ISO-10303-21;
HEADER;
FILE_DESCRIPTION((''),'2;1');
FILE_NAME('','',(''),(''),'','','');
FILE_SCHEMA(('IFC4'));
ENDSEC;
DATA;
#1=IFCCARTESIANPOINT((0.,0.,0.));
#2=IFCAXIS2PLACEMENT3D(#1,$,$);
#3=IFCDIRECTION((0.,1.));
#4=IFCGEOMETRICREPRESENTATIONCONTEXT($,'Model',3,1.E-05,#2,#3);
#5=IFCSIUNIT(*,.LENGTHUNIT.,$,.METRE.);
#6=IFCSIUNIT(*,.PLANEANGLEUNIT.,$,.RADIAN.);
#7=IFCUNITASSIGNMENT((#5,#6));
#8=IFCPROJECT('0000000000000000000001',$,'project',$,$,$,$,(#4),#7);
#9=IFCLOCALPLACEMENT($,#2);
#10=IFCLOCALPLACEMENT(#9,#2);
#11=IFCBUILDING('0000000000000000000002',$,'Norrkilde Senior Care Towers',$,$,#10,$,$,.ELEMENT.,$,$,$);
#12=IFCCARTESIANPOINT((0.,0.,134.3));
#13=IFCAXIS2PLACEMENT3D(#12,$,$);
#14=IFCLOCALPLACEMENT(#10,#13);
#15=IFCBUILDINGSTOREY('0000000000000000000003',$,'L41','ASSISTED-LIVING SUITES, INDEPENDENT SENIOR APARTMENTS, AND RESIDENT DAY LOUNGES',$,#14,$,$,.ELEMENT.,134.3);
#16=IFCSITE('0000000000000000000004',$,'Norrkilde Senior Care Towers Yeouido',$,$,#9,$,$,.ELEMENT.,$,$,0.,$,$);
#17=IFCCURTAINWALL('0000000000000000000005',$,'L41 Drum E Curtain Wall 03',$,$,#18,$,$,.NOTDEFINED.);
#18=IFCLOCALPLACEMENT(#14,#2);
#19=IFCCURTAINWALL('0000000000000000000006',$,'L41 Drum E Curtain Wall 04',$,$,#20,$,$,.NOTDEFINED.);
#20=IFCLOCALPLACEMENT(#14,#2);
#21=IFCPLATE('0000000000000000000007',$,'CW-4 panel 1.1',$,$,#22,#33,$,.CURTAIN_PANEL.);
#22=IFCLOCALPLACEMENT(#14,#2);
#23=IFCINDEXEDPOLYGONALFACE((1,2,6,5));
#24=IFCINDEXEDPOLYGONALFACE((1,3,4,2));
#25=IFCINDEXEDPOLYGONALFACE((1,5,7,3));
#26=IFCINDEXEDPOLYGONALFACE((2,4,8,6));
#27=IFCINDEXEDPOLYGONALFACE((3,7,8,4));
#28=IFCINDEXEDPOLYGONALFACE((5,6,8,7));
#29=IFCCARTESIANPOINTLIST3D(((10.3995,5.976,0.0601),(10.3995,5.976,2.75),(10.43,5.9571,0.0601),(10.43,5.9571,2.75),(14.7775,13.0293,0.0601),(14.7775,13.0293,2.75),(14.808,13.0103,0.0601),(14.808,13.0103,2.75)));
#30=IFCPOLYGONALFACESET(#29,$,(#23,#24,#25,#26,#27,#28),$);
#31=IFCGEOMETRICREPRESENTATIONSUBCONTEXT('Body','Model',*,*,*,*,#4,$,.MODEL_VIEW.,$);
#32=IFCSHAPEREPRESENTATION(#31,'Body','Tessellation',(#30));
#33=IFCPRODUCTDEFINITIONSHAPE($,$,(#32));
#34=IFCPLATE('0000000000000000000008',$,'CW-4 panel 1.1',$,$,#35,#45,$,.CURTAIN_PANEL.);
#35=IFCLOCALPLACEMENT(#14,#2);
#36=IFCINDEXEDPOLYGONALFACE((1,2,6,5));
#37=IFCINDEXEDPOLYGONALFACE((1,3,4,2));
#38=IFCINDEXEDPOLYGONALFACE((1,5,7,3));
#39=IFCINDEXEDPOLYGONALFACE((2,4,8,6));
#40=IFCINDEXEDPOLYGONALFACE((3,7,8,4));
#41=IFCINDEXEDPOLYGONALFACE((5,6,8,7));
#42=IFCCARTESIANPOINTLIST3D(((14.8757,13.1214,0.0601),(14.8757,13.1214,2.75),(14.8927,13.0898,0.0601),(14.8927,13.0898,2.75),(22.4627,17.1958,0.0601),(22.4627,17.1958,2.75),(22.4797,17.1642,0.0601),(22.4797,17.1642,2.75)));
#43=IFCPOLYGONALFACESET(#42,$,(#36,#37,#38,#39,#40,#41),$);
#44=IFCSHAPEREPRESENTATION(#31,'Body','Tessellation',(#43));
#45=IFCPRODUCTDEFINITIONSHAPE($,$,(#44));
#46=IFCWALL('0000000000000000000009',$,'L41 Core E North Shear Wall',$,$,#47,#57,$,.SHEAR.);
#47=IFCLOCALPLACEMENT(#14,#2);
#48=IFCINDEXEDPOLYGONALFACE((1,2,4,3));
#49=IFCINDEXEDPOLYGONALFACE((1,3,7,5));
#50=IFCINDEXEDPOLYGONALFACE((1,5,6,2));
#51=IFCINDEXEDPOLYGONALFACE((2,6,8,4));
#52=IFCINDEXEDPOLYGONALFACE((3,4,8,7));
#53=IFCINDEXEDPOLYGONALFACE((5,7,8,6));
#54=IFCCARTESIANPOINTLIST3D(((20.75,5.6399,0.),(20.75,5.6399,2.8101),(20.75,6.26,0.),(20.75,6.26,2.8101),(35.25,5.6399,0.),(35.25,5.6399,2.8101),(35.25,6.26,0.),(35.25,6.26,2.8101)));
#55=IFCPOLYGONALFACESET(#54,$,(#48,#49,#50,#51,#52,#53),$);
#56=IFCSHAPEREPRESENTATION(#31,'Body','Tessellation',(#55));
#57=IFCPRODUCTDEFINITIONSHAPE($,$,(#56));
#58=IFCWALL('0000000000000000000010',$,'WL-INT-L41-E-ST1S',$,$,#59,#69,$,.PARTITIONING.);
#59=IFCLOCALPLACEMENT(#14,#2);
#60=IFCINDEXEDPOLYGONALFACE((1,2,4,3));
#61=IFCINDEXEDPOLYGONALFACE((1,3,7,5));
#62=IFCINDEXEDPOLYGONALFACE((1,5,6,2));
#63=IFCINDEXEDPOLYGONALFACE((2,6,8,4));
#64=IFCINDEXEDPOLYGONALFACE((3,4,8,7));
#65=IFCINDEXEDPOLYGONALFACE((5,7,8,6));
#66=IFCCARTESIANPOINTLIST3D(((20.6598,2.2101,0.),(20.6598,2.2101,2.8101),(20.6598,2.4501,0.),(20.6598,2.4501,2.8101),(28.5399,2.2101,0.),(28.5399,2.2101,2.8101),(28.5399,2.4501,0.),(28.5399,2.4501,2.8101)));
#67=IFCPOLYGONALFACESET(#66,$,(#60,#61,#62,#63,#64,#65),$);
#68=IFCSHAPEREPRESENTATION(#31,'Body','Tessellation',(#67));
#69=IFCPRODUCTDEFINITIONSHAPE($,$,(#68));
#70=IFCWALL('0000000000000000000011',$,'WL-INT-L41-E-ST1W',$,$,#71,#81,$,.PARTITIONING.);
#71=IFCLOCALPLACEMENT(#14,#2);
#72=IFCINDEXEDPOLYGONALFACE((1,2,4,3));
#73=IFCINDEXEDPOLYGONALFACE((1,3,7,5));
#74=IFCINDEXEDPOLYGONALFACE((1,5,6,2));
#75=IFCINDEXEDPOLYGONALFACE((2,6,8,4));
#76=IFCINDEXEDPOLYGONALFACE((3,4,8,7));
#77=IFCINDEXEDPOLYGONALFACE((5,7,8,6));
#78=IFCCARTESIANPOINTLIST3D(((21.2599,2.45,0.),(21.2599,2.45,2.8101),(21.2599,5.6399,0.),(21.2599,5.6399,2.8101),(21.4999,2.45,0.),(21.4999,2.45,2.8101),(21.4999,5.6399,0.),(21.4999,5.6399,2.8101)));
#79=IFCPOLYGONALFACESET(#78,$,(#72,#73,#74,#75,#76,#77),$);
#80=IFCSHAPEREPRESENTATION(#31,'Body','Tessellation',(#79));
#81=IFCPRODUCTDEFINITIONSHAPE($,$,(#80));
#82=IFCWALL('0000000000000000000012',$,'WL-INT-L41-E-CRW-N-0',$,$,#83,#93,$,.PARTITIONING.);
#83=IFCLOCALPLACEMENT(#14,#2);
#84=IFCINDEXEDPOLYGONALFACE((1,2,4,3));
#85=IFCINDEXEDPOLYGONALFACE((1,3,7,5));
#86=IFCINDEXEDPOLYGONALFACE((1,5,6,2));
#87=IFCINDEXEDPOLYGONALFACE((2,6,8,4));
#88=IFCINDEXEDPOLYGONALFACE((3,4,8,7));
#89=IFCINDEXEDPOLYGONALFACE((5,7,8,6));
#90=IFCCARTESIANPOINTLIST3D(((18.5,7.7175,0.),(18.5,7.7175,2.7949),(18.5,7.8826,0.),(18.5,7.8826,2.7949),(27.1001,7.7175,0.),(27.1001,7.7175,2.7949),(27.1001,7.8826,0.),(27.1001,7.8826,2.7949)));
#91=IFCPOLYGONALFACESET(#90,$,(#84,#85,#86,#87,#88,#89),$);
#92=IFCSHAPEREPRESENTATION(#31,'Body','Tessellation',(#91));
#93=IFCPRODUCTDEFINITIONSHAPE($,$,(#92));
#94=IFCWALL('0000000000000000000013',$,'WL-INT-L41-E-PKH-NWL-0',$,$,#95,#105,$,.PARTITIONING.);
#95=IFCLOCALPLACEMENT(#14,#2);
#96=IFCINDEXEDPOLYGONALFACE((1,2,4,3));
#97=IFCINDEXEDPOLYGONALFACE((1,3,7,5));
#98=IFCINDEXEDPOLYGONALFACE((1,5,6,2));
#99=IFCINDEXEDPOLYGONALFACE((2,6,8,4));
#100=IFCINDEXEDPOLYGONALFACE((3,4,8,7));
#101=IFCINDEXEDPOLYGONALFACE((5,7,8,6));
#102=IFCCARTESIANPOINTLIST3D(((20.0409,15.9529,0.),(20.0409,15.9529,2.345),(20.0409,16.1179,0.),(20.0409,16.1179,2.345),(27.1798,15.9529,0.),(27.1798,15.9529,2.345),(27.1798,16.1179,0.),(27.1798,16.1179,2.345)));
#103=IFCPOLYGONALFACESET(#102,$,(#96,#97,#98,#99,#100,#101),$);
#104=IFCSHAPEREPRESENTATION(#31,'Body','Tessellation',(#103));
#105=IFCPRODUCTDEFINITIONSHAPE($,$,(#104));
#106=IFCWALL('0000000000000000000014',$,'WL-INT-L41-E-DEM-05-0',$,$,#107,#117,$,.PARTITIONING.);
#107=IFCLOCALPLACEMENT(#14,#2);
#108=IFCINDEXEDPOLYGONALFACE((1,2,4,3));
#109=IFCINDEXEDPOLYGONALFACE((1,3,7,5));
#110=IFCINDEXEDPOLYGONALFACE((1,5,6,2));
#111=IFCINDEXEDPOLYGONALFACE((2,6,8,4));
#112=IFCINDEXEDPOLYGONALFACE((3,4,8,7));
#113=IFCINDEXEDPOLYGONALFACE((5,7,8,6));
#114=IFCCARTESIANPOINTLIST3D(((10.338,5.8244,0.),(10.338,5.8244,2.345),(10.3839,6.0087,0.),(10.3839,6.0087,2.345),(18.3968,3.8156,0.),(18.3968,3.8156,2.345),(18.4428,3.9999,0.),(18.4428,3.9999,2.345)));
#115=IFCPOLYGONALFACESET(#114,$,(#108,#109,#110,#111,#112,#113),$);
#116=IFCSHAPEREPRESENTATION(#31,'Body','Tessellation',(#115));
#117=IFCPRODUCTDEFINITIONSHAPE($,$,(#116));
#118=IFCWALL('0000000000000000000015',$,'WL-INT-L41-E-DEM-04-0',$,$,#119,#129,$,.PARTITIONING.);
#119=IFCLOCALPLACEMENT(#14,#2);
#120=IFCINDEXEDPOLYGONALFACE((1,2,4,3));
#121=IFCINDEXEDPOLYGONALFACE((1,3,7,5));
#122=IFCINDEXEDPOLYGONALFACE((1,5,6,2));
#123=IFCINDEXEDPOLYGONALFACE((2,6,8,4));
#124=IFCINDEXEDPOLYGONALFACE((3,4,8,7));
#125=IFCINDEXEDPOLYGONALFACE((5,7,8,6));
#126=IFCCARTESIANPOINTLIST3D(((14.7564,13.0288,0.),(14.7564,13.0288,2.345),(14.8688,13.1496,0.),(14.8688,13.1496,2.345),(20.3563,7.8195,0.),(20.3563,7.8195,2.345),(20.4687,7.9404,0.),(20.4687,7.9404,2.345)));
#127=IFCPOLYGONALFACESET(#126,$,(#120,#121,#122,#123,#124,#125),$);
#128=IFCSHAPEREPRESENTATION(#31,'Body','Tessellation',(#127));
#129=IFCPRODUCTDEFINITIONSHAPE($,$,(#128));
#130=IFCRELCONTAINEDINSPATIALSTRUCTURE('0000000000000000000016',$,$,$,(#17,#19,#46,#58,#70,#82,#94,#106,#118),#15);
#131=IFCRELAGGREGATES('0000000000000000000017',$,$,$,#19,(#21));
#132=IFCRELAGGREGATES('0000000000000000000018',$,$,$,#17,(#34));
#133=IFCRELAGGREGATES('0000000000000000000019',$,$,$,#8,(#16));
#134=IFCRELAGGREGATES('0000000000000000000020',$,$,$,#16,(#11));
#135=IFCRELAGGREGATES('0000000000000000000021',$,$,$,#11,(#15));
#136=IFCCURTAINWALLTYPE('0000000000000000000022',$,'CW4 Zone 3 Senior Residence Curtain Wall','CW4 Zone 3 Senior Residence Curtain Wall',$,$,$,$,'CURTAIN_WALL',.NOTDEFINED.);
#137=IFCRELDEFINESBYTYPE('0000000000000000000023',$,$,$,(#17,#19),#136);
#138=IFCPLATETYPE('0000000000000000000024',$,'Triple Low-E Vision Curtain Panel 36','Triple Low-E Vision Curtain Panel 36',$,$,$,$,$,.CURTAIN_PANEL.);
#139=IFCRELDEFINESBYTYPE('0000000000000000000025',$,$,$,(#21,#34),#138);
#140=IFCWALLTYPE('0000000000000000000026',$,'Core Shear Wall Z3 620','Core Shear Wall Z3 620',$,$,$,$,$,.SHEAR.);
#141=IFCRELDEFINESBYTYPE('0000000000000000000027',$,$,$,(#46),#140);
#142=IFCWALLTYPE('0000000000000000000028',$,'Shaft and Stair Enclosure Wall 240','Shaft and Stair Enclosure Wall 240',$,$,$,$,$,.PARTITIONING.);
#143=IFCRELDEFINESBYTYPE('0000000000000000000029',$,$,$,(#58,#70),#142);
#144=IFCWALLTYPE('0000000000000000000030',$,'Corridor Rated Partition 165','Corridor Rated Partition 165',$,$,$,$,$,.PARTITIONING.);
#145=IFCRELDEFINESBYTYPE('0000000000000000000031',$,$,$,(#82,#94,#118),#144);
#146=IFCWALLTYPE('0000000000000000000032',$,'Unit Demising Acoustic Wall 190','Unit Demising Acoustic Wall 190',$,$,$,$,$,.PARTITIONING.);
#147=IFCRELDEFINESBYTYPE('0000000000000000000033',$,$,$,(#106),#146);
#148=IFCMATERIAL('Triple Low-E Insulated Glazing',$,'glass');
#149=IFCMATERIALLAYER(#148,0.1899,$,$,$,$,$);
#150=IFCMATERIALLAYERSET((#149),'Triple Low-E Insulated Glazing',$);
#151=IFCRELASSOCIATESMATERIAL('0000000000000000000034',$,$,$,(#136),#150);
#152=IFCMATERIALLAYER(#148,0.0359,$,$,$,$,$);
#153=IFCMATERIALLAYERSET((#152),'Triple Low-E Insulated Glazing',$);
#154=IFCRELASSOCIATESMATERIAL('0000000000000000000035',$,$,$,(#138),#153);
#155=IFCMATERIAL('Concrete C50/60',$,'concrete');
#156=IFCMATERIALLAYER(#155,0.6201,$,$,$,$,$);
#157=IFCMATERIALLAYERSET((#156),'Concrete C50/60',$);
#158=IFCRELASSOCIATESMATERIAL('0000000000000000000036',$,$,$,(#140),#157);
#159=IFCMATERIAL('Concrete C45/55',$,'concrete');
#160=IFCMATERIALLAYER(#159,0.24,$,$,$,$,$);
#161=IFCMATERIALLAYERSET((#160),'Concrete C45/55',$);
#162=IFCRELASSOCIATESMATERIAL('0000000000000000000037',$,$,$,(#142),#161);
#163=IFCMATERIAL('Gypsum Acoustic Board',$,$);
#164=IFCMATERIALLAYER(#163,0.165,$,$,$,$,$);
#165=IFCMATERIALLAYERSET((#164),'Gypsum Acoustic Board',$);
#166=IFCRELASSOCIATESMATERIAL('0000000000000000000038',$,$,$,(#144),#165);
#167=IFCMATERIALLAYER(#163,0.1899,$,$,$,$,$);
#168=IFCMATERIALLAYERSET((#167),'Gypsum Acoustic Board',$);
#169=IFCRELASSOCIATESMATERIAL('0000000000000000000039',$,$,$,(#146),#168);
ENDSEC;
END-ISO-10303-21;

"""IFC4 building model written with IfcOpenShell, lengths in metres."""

from ifc_helpers import new_model, si_unit, direction, frame, frame_2d, origin, origin_2d, place, context, subcontext, project, spatial, rectangle, extrude, source, transform, mapped, material, layer, layer_set, type_object, type_shapes, element, aggregate, save


model = new_model("IFC4")

# Units and contexts
model_context = context("Model", 3, precision=1e-05, world=origin(), true_north=direction((0.0, 1.0)))
body_context = subcontext(model_context, "Body", "Model", "MODEL_VIEW")
ifc_project = project(units=[si_unit("LENGTHUNIT", "METRE"), si_unit("PLANEANGLEUNIT", "RADIAN")], contexts=[model_context])

# Site, building, storey
site_placement = place(None, origin())
site = spatial("IfcSite", under=ifc_project, at=site_placement, Name="Norrkilde Senior Care Towers Yeouido", CompositionType="ELEMENT", RefElevation=0.0)
building_placement = place(site_placement, origin())
building = spatial("IfcBuilding", under=site, at=building_placement, Name="Norrkilde Senior Care Towers", CompositionType="ELEMENT")
storey_placement = place(building_placement, frame((0.0, 0.0, 134.3)))
storey = spatial("IfcBuildingStorey", under=building, at=storey_placement, Name="L41", Description="ASSISTED-LIVING SUITES, INDEPENDENT SENIOR APARTMENTS, AND RESIDENT DAY LOUNGES", CompositionType="ELEMENT", Elevation=134.3)

# Shared definitions
ifc_material_1 = material(Name="Concrete C50/60", Category="concrete")

# Shared definitions
ifc_material_2 = material(Name="Triple Low-E Insulated Glazing", Category="glass")
ifc_layer_1 = layer(ifc_material_2, 0.1899)
ifc_layer_set_1 = layer_set([ifc_layer_1], Name="Triple Low-E Insulated Glazing")
curtain_wall_type = type_object("IfcCurtainWallType", Name="CW4 Zone 3 Senior Residence Curtain Wall", Description="CW4 Zone 3 Senior Residence Curtain Wall", ElementType="CURTAIN_WALL", PredefinedType="NOTDEFINED", material=ifc_layer_set_1)

# Curtain wall
curtain_wall_1_placement = place(storey_placement, origin())
curtain_wall_1 = element("IfcCurtainWall", 1, at=curtain_wall_1_placement, inside=storey, type_object=curtain_wall_type, Name="L41 Drum E Curtain Wall 03", PredefinedType="NOTDEFINED")

# Curtain wall
curtain_wall_2_placement = place(storey_placement, origin())
curtain_wall_2 = element("IfcCurtainWall", 2, at=curtain_wall_2_placement, inside=storey, type_object=curtain_wall_type, Name="L41 Drum E Curtain Wall 04", PredefinedType="NOTDEFINED")

# Plates
ifc_layer_2 = layer(ifc_material_2, 0.0359)
ifc_layer_set_2 = layer_set([ifc_layer_2], Name="Triple Low-E Insulated Glazing")
plate_type_1 = type_object("IfcPlateType", Name="Triple Low-E Vision Curtain Panel 36", Description="Triple Low-E Vision Curtain Panel 36", PredefinedType="CURTAIN_PANEL", material=ifc_layer_set_2)
shared_shape_1 = source(origin(), body_context, "Body", "SweptSolid", [
    extrude(rectangle(XDim=8.3015, YDim=0.0359, at=origin_2d()), origin(), (0.0, 0.0, 1.0), 2.6899),
])
plate_1_placement = place(storey_placement, frame((12.6038, 9.4932, 0.0601), z_axis=(0.0, 0.0, 1.0), x_axis=(0.527373, 0.849634, 0.0)))
plate_1 = element("IfcPlate", 3, at=plate_1_placement, type_object=plate_type_1, Name="CW-4 panel 1.1", PredefinedType="CURTAIN_PANEL", context=body_context, shape_type="MappedRepresentation", body=[
    mapped(shared_shape_1, transform((0.0, 0.0, 0.0), x_axis=(1.0, 0.0, 0.0), y_axis=(0.0, 1.0, 0.0), z_axis=(0.0, 0.0, 1.0), scale=1.0)),
])
aggregate(curtain_wall_2, [plate_1])
shared_shape_2 = source(origin(), body_context, "Body", "SweptSolid", [
    extrude(rectangle(XDim=8.6118, YDim=0.0359, at=origin_2d()), origin(), (0.0, 0.0, 1.0), 2.6899),
])
type_shapes(plate_type_1, [shared_shape_1, shared_shape_2])
plate_2_placement = place(storey_placement, frame((18.6777, 15.1428, 0.0601), z_axis=(0.0, 0.0, 1.0), x_axis=(0.881, 0.473117, 0.0)))
plate_2 = element("IfcPlate", 4, at=plate_2_placement, type_object=plate_type_1, Name="CW-4 panel 1.1", PredefinedType="CURTAIN_PANEL", context=body_context, shape_type="MappedRepresentation", body=[
    mapped(shared_shape_2, transform((0.0, 0.0, 0.0), x_axis=(1.0, 0.0, 0.0), y_axis=(0.0, 1.0, 0.0), z_axis=(0.0, 0.0, 1.0), scale=1.0)),
])
aggregate(curtain_wall_1, [plate_2])

# Walls
ifc_layer_3 = layer(ifc_material_1, 0.6201)
ifc_layer_set_3 = layer_set([ifc_layer_3], Name="Concrete C50/60")
wall_type_1 = type_object("IfcWallType", Name="Core Shear Wall Z3 620", Description="Core Shear Wall Z3 620", PredefinedType="SHEAR", material=ifc_layer_set_3)
shared_shape_3 = source(origin(), body_context, "Body", "SweptSolid", [
    extrude(rectangle(XDim=14.5, YDim=0.6201, at=frame_2d((7.25, 0.0))), origin(), (0.0, 0.0, 1.0), 2.8101),
])
type_shapes(wall_type_1, [shared_shape_3])
wall_1_placement = place(storey_placement, frame((20.75, 5.95, 0.0), z_axis=(0.0, 0.0, 1.0), x_axis=(1.0, 0.0, 0.0)))
element("IfcWall", 5, at=wall_1_placement, inside=storey, type_object=wall_type_1, Name="L41 Core E North Shear Wall", PredefinedType="SHEAR", context=body_context, shape_type="MappedRepresentation", body=[
    mapped(shared_shape_3, transform((0.0, 0.0, 0.0), x_axis=(1.0, 0.0, 0.0), y_axis=(0.0, 1.0, 0.0), z_axis=(0.0, 0.0, 1.0), scale=1.0)),
])
ifc_material_3 = material(Name="Concrete C45/55", Category="concrete")
ifc_layer_4 = layer(ifc_material_3, 0.24)
ifc_layer_set_4 = layer_set([ifc_layer_4], Name="Concrete C45/55")
wall_type_2 = type_object("IfcWallType", Name="Shaft and Stair Enclosure Wall 240", Description="Shaft and Stair Enclosure Wall 240", PredefinedType="PARTITIONING", material=ifc_layer_set_4)
shared_shape_4 = source(origin(), body_context, "Body", "SweptSolid", [
    extrude(rectangle(XDim=7.8801, YDim=0.24, at=frame_2d((3.9399, 0.0))), origin(), (0.0, 0.0, 1.0), 2.8101),
])
wall_2_placement = place(storey_placement, frame((20.6599, 2.3301, 0.0), z_axis=(0.0, 0.0, 1.0), x_axis=(1.0, 0.0, 0.0)))
element("IfcWall", 6, at=wall_2_placement, inside=storey, type_object=wall_type_2, Name="WL-INT-L41-E-ST1S", PredefinedType="PARTITIONING", context=body_context, shape_type="MappedRepresentation", body=[
    mapped(shared_shape_4, transform((0.0, 0.0, 0.0), x_axis=(1.0, 0.0, 0.0), y_axis=(0.0, 1.0, 0.0), z_axis=(0.0, 0.0, 1.0), scale=1.0)),
])
shared_shape_5 = source(origin(), body_context, "Body", "SweptSolid", [
    extrude(rectangle(XDim=3.1899, YDim=0.24, at=frame_2d((1.595, 0.0))), origin(), (0.0, 0.0, 1.0), 2.8101),
])
type_shapes(wall_type_2, [shared_shape_4, shared_shape_5])
wall_3_placement = place(storey_placement, frame((21.3799, 2.45, 0.0), z_axis=(0.0, 0.0, 1.0), x_axis=(0.0, 1.0, 0.0)))
element("IfcWall", 7, at=wall_3_placement, inside=storey, type_object=wall_type_2, Name="WL-INT-L41-E-ST1W", PredefinedType="PARTITIONING", context=body_context, shape_type="MappedRepresentation", body=[
    mapped(shared_shape_5, transform((0.0, 0.0, 0.0), x_axis=(1.0, 0.0, 0.0), y_axis=(0.0, 1.0, 0.0), z_axis=(0.0, 0.0, 1.0), scale=1.0)),
])
ifc_material_4 = material(Name="Gypsum Acoustic Board")
ifc_layer_5 = layer(ifc_material_4, 0.165)
ifc_layer_set_5 = layer_set([ifc_layer_5], Name="Gypsum Acoustic Board")
wall_type_3 = type_object("IfcWallType", Name="Corridor Rated Partition 165", Description="Corridor Rated Partition 165", PredefinedType="PARTITIONING", material=ifc_layer_set_5)
shared_shape_6 = source(origin(), body_context, "Body", "SweptSolid", [
    extrude(rectangle(XDim=8.6001, YDim=0.165, at=frame_2d((4.3, 0.0))), origin(), (0.0, 0.0, 1.0), 2.7949),
])
wall_4_placement = place(storey_placement, frame((18.5, 7.8, 0.0), z_axis=(0.0, 0.0, 1.0), x_axis=(1.0, 0.0, 0.0)))
element("IfcWall", 8, at=wall_4_placement, inside=storey, type_object=wall_type_3, Name="WL-INT-L41-E-CRW-N-0", PredefinedType="PARTITIONING", context=body_context, shape_type="MappedRepresentation", body=[
    mapped(shared_shape_6, transform((0.0, 0.0, 0.0), x_axis=(1.0, 0.0, 0.0), y_axis=(0.0, 1.0, 0.0), z_axis=(0.0, 0.0, 1.0), scale=1.0)),
])
shared_shape_7 = source(origin(), body_context, "Body", "SweptSolid", [
    extrude(rectangle(XDim=7.1389, YDim=0.165, at=frame_2d((3.5693, 0.0))), origin(), (0.0, 0.0, 1.0), 2.345),
])
wall_5_placement = place(storey_placement, frame((20.041, 16.0354, 0.0), z_axis=(0.0, 0.0, 1.0), x_axis=(1.0, 0.0, 0.0)))
element("IfcWall", 9, at=wall_5_placement, inside=storey, type_object=wall_type_3, Name="WL-INT-L41-E-PKH-NWL-0", PredefinedType="PARTITIONING", context=body_context, shape_type="MappedRepresentation", body=[
    mapped(shared_shape_7, transform((0.0, 0.0, 0.0), x_axis=(1.0, 0.0, 0.0), y_axis=(0.0, 1.0, 0.0), z_axis=(0.0, 0.0, 1.0), scale=1.0)),
])
ifc_layer_6 = layer(ifc_material_4, 0.1899)
ifc_layer_set_6 = layer_set([ifc_layer_6], Name="Gypsum Acoustic Board")
wall_type_4 = type_object("IfcWallType", Name="Unit Demising Acoustic Wall 190", Description="Unit Demising Acoustic Wall 190", PredefinedType="PARTITIONING", material=ifc_layer_set_6)
shared_shape_8 = source(origin(), body_context, "Body", "SweptSolid", [
    extrude(rectangle(XDim=8.3054, YDim=0.1899, at=frame_2d((4.1528, 0.0))), origin(), (0.0, 0.0, 1.0), 2.345),
])
type_shapes(wall_type_4, [shared_shape_8])
wall_6_placement = place(storey_placement, frame((18.4199, 3.9077, 0.0), z_axis=(0.0, 0.0, 1.0), x_axis=(-0.97031, 0.241865, 0.0)))
element("IfcWall", 10, at=wall_6_placement, inside=storey, type_object=wall_type_4, Name="WL-INT-L41-E-DEM-05-0", PredefinedType="PARTITIONING", context=body_context, shape_type="MappedRepresentation", body=[
    mapped(shared_shape_8, transform((0.0, 0.0, 0.0), x_axis=(1.0, 0.0, 0.0), y_axis=(0.0, 1.0, 0.0), z_axis=(0.0, 0.0, 1.0), scale=1.0)),
])
shared_shape_9 = source(origin(), body_context, "Body", "SweptSolid", [
    extrude(rectangle(XDim=7.6482, YDim=0.165, at=frame_2d((3.8242, 0.0))), origin(), (0.0, 0.0, 1.0), 2.345),
])
type_shapes(wall_type_3, [shared_shape_6, shared_shape_7, shared_shape_9])
wall_7_placement = place(storey_placement, frame((20.4126, 7.8799, 0.0), z_axis=(0.0, 0.0, 1.0), x_axis=(-0.732183, 0.681108, 0.0)))
element("IfcWall", 11, at=wall_7_placement, inside=storey, type_object=wall_type_3, Name="WL-INT-L41-E-DEM-04-0", PredefinedType="PARTITIONING", context=body_context, shape_type="MappedRepresentation", body=[
    mapped(shared_shape_9, transform((0.0, 0.0, 0.0), x_axis=(1.0, 0.0, 0.0), y_axis=(0.0, 1.0, 0.0), z_axis=(0.0, 0.0, 1.0), scale=1.0)),
])

save(model, "model.ifc")
